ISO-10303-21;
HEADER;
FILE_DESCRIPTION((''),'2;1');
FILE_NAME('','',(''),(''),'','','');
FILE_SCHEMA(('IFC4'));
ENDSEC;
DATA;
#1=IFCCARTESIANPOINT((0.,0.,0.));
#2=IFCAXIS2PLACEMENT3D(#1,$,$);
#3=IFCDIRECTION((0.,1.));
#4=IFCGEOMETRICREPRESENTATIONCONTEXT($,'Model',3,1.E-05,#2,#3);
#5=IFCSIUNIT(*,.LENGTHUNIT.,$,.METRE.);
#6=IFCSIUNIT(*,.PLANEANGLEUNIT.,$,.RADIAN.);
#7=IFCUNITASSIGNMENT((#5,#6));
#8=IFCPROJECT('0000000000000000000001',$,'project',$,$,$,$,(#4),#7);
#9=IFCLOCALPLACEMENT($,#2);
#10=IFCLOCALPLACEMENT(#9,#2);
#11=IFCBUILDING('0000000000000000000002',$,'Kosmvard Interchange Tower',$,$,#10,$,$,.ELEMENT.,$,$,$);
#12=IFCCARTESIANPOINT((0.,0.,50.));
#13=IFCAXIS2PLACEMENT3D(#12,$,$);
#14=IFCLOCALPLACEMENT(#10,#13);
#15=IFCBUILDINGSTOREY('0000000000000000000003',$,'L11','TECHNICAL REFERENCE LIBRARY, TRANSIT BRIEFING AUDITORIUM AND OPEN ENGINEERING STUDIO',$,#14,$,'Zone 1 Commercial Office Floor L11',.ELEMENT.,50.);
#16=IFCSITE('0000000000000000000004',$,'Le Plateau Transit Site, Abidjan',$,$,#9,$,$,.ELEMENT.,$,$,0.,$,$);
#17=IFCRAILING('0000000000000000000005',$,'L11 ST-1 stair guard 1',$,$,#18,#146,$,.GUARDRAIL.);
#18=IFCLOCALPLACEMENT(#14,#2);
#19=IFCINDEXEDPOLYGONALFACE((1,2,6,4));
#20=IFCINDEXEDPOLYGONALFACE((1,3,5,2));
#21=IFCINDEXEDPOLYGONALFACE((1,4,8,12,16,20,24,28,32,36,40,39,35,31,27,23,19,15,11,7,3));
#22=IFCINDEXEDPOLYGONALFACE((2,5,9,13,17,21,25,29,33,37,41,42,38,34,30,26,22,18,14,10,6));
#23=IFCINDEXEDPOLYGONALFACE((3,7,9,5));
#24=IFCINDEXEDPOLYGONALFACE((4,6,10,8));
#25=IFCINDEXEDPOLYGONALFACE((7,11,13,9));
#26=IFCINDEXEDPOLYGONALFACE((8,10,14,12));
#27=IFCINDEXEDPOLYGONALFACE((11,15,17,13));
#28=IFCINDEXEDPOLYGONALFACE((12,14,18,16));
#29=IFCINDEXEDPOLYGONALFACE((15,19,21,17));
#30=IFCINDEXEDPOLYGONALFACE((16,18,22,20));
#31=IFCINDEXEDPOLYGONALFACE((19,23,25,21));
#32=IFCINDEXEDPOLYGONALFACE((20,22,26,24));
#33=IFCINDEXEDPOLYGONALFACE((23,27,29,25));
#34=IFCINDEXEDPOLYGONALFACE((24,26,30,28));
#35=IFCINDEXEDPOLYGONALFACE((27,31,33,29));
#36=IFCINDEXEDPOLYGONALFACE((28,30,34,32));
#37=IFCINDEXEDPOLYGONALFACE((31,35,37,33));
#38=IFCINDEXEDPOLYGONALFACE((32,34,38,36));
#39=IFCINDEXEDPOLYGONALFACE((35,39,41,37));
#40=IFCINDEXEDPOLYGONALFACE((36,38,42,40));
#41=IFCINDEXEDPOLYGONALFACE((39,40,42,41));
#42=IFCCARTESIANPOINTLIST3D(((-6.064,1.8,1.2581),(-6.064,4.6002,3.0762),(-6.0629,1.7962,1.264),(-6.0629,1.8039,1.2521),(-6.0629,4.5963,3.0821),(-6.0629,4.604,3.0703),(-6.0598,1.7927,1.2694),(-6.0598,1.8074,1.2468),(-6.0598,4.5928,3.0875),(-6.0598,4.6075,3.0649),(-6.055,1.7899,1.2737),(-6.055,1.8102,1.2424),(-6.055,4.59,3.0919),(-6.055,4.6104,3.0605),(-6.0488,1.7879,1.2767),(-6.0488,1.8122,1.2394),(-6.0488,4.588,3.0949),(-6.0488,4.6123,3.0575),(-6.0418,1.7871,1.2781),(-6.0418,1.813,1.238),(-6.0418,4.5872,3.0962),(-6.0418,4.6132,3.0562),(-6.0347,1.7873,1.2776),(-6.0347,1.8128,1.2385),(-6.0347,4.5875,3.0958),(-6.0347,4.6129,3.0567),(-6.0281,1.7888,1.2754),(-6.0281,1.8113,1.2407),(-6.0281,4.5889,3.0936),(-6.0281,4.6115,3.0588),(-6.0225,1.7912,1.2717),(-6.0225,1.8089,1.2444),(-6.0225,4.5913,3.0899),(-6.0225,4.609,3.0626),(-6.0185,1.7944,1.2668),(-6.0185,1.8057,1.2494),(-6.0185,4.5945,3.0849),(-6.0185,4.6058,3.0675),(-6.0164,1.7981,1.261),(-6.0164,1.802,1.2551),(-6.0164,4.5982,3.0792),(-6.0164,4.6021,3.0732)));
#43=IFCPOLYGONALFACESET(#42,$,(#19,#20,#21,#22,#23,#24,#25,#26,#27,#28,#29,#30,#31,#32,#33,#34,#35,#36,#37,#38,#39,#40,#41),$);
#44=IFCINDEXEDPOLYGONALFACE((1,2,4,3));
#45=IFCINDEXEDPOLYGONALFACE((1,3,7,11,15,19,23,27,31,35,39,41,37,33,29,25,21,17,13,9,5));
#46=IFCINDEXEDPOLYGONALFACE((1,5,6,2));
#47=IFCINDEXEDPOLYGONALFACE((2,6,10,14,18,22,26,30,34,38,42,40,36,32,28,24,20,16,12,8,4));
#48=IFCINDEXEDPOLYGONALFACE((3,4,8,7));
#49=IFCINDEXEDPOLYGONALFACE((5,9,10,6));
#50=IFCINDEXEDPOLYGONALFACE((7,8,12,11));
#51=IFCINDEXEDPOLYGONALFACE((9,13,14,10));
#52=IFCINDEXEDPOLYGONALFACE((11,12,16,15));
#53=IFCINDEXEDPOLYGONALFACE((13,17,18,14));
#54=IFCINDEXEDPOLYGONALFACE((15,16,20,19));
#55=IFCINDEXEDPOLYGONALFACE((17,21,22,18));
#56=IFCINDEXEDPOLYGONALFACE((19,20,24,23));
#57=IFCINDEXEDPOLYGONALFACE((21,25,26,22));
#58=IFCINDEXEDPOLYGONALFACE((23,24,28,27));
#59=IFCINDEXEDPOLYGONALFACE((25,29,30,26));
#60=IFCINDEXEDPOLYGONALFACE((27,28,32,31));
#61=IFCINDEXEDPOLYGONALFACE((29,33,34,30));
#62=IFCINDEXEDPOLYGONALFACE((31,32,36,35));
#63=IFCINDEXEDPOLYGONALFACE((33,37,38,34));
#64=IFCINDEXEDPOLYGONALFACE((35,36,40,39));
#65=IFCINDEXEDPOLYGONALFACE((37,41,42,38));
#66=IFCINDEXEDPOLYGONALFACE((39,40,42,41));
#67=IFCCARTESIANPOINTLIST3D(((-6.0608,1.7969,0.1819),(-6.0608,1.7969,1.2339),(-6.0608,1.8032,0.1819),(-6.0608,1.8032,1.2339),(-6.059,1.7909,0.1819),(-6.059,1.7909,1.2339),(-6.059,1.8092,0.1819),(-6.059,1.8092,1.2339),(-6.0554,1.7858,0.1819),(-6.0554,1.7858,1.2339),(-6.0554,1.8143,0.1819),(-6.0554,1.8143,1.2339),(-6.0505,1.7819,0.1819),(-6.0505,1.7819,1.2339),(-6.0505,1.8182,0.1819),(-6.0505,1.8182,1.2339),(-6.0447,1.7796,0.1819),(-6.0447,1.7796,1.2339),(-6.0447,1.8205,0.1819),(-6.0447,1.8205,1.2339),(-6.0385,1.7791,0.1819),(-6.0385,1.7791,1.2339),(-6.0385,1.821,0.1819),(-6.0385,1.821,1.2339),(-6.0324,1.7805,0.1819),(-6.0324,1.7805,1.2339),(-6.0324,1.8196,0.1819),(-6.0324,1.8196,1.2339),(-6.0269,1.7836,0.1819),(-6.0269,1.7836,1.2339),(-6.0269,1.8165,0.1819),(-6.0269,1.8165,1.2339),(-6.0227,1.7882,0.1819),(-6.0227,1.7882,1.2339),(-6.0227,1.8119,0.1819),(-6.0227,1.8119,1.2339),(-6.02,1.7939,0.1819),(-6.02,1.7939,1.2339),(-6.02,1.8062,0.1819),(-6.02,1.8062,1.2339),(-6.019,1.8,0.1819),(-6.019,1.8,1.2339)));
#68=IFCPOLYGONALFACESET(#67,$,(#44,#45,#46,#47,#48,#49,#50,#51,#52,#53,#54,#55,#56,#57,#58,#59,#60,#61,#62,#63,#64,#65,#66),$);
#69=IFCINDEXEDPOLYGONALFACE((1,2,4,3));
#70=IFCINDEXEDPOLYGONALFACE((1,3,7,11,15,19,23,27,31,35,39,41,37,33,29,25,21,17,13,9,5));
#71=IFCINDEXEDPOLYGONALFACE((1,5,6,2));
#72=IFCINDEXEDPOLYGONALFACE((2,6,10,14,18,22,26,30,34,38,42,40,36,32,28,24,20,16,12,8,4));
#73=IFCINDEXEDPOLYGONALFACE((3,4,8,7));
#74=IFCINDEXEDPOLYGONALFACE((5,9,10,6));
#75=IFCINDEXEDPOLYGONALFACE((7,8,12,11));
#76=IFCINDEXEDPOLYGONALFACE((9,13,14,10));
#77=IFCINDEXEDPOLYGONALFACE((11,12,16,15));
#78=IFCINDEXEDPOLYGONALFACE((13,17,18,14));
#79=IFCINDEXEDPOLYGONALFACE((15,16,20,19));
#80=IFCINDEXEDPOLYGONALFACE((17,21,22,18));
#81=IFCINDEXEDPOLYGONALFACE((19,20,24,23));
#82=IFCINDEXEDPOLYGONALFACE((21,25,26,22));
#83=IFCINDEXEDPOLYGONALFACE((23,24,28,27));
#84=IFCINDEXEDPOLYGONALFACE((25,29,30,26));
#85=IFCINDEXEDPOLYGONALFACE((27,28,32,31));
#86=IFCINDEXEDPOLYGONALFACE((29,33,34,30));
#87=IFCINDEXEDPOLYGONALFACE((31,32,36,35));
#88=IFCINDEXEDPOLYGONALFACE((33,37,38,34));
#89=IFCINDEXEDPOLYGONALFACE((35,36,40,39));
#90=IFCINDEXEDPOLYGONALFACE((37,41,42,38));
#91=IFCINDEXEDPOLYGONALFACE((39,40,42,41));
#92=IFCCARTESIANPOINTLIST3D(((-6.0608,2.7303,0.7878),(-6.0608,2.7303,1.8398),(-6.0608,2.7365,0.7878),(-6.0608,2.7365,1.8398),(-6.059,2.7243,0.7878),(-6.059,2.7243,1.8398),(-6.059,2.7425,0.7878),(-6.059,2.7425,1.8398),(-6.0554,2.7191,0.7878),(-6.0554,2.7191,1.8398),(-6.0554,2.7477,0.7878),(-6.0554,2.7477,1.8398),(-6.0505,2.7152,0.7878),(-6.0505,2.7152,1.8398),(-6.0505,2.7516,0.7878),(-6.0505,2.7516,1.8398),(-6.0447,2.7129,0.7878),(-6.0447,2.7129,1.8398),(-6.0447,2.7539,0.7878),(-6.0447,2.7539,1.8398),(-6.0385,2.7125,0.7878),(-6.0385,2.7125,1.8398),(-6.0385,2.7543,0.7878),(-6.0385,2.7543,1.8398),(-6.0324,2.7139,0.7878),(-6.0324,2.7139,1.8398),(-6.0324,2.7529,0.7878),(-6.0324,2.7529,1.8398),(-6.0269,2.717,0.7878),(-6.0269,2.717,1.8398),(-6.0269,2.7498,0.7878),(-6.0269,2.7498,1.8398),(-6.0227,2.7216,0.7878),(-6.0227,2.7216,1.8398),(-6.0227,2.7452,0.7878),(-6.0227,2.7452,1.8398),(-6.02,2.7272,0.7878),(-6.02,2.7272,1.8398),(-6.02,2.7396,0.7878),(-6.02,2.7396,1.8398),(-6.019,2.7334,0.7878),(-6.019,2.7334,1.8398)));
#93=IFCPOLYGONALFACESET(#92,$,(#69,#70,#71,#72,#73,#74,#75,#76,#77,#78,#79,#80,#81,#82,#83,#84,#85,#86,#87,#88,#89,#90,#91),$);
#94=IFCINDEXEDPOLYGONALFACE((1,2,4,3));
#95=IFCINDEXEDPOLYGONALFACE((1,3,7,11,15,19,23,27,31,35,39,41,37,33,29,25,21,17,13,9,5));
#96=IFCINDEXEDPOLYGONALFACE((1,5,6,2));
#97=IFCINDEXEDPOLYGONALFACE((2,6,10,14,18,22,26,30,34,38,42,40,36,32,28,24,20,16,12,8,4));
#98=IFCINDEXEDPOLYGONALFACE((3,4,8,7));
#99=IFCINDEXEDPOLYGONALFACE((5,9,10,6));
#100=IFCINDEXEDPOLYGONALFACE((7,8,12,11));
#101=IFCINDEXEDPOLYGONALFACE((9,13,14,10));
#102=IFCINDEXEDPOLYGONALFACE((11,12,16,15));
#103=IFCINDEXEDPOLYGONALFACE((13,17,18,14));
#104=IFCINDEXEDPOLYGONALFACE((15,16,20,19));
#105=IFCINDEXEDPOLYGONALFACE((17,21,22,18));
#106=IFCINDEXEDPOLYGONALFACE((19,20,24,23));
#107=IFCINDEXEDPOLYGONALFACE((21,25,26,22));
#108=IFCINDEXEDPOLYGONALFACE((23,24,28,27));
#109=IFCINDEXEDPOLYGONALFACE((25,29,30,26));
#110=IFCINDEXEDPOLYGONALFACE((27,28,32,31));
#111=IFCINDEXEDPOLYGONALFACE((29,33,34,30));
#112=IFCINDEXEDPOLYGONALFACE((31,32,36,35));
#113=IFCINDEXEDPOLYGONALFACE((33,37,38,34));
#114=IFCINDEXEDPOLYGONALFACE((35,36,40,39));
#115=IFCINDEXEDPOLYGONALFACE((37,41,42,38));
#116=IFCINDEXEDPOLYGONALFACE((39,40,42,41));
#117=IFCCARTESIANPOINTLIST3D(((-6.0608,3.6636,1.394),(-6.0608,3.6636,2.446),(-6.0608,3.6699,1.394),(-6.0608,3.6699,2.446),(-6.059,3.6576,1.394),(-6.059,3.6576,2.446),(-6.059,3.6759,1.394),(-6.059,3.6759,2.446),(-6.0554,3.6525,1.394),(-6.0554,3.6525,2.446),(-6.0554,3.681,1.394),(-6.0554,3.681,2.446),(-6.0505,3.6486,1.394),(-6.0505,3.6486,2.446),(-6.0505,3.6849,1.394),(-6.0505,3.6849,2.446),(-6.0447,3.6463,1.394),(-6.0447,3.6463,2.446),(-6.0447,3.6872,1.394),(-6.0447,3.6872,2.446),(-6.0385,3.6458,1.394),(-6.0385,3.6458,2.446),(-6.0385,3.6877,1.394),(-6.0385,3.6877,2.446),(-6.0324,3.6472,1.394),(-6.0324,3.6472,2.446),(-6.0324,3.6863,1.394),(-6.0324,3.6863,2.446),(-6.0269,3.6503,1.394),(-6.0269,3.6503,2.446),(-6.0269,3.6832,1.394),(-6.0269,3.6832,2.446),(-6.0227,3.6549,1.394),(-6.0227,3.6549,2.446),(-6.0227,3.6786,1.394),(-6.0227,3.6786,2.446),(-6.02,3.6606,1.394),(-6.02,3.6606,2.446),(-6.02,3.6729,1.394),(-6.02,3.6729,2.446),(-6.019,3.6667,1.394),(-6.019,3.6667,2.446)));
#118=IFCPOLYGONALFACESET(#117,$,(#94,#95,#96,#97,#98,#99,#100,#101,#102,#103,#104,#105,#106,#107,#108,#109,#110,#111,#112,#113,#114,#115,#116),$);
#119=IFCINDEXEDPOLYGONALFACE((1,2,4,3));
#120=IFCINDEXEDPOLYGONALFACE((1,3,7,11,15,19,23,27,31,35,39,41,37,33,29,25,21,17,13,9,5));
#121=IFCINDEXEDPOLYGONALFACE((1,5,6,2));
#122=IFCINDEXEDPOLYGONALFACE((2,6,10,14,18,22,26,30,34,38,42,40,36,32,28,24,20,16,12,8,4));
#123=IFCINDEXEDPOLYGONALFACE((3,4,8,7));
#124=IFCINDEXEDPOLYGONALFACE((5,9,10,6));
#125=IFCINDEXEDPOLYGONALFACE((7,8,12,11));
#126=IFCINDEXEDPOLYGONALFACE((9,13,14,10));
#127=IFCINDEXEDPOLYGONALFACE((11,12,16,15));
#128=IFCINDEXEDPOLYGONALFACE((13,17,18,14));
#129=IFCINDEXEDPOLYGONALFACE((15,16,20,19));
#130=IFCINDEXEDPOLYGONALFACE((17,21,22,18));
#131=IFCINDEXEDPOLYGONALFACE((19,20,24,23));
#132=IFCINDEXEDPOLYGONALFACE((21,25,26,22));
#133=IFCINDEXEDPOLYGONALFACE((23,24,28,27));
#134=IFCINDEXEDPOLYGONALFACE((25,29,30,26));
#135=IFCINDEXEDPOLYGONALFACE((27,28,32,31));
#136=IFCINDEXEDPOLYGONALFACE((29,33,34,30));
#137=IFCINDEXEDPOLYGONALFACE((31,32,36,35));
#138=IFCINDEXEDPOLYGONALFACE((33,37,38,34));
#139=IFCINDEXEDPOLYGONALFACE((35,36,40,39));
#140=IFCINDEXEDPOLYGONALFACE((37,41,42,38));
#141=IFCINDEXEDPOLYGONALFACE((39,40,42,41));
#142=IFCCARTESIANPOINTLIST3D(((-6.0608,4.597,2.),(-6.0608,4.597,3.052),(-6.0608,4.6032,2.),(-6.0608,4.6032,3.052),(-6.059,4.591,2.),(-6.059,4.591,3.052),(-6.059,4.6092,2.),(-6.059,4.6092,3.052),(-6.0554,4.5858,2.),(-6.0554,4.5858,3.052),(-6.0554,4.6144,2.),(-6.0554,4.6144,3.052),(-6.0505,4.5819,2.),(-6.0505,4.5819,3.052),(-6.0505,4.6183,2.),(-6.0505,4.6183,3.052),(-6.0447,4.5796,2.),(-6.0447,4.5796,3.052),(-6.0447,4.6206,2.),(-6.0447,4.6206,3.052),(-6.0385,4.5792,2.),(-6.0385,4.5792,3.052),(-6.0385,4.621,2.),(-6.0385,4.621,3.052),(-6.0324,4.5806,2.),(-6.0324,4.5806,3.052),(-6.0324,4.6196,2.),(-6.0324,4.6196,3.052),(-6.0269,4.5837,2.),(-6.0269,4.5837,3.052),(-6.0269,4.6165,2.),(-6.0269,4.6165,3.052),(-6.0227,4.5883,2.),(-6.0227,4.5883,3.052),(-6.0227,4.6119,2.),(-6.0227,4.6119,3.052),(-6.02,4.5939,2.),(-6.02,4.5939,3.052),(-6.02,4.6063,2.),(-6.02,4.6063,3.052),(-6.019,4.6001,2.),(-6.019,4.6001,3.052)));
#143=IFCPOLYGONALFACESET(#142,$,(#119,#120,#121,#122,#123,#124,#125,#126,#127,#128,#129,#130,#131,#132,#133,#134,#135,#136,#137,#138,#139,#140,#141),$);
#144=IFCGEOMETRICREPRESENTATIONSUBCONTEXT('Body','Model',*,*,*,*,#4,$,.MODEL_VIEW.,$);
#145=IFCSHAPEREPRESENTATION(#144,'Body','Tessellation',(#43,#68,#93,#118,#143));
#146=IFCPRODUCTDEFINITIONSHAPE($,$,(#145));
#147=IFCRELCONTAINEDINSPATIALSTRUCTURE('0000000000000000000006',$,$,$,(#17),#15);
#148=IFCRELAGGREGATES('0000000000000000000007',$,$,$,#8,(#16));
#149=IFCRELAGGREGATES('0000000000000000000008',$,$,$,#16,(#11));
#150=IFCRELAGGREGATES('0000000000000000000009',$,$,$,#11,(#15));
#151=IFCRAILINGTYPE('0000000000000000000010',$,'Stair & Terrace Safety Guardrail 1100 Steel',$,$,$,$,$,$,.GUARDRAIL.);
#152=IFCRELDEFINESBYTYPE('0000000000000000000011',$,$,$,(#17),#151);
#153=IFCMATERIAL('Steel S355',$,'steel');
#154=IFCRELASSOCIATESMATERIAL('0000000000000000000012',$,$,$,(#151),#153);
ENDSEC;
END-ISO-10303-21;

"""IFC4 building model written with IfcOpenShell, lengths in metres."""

from ifc_helpers import new_model, si_unit, direction, frame, origin, origin_2d, place, context, subcontext, project, spatial, circle, extrude, source, transform, mapped, material, type_object, element, save


model = new_model("IFC4")

# Units and contexts
model_context = context("Model", 3, precision=1e-05, world=origin(), true_north=direction((0.0, 1.0)))
body_context = subcontext(model_context, "Body", "Model", "MODEL_VIEW")
ifc_project = project(units=[si_unit("LENGTHUNIT", "METRE"), si_unit("PLANEANGLEUNIT", "RADIAN")], contexts=[model_context])

# Site, building, storey
site_placement = place(None, origin())
site = spatial("IfcSite", under=ifc_project, at=site_placement, Name="Le Plateau Transit Site, Abidjan", CompositionType="ELEMENT", RefElevation=0.0)
building_placement = place(site_placement, origin())
building = spatial("IfcBuilding", under=site, at=building_placement, Name="Kosmvard Interchange Tower", CompositionType="ELEMENT")
storey_placement = place(building_placement, frame((0.0, 0.0, 50.0)))
storey = spatial("IfcBuildingStorey", under=building, at=storey_placement, Name="L11", Description="TECHNICAL REFERENCE LIBRARY, TRANSIT BRIEFING AUDITORIUM AND OPEN ENGINEERING STUDIO", LongName="Zone 1 Commercial Office Floor L11", CompositionType="ELEMENT", Elevation=50.0)

# Railing
ifc_material_1 = material(Name="Steel S355", Category="steel")
railing_type_1 = type_object("IfcRailingType", Name="Stair & Terrace Safety Guardrail 1100 Steel", PredefinedType="GUARDRAIL", material=ifc_material_1)
shared_shape_1 = source(origin(), body_context, "Body", "SweptSolid", [
    extrude(circle(Radius=0.0239, at=origin_2d()), frame((0.0, 0.0, 1.0762), z_axis=(0.0, 0.838706, 0.544585), x_axis=(-1.0, 0.0, 0.0)), (0.0, 0.0, 1.0), 3.3386),
    extrude(circle(Radius=0.021, at=origin_2d()), origin(), (0.0, 0.0, 1.0), 1.052),
    extrude(circle(Radius=0.021, at=origin_2d()), frame((0.0, 0.9333, 0.606)), (0.0, 0.0, 1.0), 1.052),
    extrude(circle(Radius=0.021, at=origin_2d()), frame((0.0, 1.8667, 1.2122)), (0.0, 0.0, 1.0), 1.052),
    extrude(circle(Radius=0.021, at=origin_2d()), frame((0.0, 2.8, 1.8181)), (0.0, 0.0, 1.0), 1.052),
])
railing_1_placement = place(storey_placement, frame((-6.04, 1.8, 0.1819)))
element("IfcRailing", 1, at=railing_1_placement, inside=storey, type_object=railing_type_1, Name="L11 ST-1 stair guard 1", PredefinedType="GUARDRAIL", context=body_context, shape_type="MappedRepresentation", body=[
    mapped(shared_shape_1, transform((0.0, 0.0, 0.0), scale=1.0)),
])

save(model, "model.ifc")
